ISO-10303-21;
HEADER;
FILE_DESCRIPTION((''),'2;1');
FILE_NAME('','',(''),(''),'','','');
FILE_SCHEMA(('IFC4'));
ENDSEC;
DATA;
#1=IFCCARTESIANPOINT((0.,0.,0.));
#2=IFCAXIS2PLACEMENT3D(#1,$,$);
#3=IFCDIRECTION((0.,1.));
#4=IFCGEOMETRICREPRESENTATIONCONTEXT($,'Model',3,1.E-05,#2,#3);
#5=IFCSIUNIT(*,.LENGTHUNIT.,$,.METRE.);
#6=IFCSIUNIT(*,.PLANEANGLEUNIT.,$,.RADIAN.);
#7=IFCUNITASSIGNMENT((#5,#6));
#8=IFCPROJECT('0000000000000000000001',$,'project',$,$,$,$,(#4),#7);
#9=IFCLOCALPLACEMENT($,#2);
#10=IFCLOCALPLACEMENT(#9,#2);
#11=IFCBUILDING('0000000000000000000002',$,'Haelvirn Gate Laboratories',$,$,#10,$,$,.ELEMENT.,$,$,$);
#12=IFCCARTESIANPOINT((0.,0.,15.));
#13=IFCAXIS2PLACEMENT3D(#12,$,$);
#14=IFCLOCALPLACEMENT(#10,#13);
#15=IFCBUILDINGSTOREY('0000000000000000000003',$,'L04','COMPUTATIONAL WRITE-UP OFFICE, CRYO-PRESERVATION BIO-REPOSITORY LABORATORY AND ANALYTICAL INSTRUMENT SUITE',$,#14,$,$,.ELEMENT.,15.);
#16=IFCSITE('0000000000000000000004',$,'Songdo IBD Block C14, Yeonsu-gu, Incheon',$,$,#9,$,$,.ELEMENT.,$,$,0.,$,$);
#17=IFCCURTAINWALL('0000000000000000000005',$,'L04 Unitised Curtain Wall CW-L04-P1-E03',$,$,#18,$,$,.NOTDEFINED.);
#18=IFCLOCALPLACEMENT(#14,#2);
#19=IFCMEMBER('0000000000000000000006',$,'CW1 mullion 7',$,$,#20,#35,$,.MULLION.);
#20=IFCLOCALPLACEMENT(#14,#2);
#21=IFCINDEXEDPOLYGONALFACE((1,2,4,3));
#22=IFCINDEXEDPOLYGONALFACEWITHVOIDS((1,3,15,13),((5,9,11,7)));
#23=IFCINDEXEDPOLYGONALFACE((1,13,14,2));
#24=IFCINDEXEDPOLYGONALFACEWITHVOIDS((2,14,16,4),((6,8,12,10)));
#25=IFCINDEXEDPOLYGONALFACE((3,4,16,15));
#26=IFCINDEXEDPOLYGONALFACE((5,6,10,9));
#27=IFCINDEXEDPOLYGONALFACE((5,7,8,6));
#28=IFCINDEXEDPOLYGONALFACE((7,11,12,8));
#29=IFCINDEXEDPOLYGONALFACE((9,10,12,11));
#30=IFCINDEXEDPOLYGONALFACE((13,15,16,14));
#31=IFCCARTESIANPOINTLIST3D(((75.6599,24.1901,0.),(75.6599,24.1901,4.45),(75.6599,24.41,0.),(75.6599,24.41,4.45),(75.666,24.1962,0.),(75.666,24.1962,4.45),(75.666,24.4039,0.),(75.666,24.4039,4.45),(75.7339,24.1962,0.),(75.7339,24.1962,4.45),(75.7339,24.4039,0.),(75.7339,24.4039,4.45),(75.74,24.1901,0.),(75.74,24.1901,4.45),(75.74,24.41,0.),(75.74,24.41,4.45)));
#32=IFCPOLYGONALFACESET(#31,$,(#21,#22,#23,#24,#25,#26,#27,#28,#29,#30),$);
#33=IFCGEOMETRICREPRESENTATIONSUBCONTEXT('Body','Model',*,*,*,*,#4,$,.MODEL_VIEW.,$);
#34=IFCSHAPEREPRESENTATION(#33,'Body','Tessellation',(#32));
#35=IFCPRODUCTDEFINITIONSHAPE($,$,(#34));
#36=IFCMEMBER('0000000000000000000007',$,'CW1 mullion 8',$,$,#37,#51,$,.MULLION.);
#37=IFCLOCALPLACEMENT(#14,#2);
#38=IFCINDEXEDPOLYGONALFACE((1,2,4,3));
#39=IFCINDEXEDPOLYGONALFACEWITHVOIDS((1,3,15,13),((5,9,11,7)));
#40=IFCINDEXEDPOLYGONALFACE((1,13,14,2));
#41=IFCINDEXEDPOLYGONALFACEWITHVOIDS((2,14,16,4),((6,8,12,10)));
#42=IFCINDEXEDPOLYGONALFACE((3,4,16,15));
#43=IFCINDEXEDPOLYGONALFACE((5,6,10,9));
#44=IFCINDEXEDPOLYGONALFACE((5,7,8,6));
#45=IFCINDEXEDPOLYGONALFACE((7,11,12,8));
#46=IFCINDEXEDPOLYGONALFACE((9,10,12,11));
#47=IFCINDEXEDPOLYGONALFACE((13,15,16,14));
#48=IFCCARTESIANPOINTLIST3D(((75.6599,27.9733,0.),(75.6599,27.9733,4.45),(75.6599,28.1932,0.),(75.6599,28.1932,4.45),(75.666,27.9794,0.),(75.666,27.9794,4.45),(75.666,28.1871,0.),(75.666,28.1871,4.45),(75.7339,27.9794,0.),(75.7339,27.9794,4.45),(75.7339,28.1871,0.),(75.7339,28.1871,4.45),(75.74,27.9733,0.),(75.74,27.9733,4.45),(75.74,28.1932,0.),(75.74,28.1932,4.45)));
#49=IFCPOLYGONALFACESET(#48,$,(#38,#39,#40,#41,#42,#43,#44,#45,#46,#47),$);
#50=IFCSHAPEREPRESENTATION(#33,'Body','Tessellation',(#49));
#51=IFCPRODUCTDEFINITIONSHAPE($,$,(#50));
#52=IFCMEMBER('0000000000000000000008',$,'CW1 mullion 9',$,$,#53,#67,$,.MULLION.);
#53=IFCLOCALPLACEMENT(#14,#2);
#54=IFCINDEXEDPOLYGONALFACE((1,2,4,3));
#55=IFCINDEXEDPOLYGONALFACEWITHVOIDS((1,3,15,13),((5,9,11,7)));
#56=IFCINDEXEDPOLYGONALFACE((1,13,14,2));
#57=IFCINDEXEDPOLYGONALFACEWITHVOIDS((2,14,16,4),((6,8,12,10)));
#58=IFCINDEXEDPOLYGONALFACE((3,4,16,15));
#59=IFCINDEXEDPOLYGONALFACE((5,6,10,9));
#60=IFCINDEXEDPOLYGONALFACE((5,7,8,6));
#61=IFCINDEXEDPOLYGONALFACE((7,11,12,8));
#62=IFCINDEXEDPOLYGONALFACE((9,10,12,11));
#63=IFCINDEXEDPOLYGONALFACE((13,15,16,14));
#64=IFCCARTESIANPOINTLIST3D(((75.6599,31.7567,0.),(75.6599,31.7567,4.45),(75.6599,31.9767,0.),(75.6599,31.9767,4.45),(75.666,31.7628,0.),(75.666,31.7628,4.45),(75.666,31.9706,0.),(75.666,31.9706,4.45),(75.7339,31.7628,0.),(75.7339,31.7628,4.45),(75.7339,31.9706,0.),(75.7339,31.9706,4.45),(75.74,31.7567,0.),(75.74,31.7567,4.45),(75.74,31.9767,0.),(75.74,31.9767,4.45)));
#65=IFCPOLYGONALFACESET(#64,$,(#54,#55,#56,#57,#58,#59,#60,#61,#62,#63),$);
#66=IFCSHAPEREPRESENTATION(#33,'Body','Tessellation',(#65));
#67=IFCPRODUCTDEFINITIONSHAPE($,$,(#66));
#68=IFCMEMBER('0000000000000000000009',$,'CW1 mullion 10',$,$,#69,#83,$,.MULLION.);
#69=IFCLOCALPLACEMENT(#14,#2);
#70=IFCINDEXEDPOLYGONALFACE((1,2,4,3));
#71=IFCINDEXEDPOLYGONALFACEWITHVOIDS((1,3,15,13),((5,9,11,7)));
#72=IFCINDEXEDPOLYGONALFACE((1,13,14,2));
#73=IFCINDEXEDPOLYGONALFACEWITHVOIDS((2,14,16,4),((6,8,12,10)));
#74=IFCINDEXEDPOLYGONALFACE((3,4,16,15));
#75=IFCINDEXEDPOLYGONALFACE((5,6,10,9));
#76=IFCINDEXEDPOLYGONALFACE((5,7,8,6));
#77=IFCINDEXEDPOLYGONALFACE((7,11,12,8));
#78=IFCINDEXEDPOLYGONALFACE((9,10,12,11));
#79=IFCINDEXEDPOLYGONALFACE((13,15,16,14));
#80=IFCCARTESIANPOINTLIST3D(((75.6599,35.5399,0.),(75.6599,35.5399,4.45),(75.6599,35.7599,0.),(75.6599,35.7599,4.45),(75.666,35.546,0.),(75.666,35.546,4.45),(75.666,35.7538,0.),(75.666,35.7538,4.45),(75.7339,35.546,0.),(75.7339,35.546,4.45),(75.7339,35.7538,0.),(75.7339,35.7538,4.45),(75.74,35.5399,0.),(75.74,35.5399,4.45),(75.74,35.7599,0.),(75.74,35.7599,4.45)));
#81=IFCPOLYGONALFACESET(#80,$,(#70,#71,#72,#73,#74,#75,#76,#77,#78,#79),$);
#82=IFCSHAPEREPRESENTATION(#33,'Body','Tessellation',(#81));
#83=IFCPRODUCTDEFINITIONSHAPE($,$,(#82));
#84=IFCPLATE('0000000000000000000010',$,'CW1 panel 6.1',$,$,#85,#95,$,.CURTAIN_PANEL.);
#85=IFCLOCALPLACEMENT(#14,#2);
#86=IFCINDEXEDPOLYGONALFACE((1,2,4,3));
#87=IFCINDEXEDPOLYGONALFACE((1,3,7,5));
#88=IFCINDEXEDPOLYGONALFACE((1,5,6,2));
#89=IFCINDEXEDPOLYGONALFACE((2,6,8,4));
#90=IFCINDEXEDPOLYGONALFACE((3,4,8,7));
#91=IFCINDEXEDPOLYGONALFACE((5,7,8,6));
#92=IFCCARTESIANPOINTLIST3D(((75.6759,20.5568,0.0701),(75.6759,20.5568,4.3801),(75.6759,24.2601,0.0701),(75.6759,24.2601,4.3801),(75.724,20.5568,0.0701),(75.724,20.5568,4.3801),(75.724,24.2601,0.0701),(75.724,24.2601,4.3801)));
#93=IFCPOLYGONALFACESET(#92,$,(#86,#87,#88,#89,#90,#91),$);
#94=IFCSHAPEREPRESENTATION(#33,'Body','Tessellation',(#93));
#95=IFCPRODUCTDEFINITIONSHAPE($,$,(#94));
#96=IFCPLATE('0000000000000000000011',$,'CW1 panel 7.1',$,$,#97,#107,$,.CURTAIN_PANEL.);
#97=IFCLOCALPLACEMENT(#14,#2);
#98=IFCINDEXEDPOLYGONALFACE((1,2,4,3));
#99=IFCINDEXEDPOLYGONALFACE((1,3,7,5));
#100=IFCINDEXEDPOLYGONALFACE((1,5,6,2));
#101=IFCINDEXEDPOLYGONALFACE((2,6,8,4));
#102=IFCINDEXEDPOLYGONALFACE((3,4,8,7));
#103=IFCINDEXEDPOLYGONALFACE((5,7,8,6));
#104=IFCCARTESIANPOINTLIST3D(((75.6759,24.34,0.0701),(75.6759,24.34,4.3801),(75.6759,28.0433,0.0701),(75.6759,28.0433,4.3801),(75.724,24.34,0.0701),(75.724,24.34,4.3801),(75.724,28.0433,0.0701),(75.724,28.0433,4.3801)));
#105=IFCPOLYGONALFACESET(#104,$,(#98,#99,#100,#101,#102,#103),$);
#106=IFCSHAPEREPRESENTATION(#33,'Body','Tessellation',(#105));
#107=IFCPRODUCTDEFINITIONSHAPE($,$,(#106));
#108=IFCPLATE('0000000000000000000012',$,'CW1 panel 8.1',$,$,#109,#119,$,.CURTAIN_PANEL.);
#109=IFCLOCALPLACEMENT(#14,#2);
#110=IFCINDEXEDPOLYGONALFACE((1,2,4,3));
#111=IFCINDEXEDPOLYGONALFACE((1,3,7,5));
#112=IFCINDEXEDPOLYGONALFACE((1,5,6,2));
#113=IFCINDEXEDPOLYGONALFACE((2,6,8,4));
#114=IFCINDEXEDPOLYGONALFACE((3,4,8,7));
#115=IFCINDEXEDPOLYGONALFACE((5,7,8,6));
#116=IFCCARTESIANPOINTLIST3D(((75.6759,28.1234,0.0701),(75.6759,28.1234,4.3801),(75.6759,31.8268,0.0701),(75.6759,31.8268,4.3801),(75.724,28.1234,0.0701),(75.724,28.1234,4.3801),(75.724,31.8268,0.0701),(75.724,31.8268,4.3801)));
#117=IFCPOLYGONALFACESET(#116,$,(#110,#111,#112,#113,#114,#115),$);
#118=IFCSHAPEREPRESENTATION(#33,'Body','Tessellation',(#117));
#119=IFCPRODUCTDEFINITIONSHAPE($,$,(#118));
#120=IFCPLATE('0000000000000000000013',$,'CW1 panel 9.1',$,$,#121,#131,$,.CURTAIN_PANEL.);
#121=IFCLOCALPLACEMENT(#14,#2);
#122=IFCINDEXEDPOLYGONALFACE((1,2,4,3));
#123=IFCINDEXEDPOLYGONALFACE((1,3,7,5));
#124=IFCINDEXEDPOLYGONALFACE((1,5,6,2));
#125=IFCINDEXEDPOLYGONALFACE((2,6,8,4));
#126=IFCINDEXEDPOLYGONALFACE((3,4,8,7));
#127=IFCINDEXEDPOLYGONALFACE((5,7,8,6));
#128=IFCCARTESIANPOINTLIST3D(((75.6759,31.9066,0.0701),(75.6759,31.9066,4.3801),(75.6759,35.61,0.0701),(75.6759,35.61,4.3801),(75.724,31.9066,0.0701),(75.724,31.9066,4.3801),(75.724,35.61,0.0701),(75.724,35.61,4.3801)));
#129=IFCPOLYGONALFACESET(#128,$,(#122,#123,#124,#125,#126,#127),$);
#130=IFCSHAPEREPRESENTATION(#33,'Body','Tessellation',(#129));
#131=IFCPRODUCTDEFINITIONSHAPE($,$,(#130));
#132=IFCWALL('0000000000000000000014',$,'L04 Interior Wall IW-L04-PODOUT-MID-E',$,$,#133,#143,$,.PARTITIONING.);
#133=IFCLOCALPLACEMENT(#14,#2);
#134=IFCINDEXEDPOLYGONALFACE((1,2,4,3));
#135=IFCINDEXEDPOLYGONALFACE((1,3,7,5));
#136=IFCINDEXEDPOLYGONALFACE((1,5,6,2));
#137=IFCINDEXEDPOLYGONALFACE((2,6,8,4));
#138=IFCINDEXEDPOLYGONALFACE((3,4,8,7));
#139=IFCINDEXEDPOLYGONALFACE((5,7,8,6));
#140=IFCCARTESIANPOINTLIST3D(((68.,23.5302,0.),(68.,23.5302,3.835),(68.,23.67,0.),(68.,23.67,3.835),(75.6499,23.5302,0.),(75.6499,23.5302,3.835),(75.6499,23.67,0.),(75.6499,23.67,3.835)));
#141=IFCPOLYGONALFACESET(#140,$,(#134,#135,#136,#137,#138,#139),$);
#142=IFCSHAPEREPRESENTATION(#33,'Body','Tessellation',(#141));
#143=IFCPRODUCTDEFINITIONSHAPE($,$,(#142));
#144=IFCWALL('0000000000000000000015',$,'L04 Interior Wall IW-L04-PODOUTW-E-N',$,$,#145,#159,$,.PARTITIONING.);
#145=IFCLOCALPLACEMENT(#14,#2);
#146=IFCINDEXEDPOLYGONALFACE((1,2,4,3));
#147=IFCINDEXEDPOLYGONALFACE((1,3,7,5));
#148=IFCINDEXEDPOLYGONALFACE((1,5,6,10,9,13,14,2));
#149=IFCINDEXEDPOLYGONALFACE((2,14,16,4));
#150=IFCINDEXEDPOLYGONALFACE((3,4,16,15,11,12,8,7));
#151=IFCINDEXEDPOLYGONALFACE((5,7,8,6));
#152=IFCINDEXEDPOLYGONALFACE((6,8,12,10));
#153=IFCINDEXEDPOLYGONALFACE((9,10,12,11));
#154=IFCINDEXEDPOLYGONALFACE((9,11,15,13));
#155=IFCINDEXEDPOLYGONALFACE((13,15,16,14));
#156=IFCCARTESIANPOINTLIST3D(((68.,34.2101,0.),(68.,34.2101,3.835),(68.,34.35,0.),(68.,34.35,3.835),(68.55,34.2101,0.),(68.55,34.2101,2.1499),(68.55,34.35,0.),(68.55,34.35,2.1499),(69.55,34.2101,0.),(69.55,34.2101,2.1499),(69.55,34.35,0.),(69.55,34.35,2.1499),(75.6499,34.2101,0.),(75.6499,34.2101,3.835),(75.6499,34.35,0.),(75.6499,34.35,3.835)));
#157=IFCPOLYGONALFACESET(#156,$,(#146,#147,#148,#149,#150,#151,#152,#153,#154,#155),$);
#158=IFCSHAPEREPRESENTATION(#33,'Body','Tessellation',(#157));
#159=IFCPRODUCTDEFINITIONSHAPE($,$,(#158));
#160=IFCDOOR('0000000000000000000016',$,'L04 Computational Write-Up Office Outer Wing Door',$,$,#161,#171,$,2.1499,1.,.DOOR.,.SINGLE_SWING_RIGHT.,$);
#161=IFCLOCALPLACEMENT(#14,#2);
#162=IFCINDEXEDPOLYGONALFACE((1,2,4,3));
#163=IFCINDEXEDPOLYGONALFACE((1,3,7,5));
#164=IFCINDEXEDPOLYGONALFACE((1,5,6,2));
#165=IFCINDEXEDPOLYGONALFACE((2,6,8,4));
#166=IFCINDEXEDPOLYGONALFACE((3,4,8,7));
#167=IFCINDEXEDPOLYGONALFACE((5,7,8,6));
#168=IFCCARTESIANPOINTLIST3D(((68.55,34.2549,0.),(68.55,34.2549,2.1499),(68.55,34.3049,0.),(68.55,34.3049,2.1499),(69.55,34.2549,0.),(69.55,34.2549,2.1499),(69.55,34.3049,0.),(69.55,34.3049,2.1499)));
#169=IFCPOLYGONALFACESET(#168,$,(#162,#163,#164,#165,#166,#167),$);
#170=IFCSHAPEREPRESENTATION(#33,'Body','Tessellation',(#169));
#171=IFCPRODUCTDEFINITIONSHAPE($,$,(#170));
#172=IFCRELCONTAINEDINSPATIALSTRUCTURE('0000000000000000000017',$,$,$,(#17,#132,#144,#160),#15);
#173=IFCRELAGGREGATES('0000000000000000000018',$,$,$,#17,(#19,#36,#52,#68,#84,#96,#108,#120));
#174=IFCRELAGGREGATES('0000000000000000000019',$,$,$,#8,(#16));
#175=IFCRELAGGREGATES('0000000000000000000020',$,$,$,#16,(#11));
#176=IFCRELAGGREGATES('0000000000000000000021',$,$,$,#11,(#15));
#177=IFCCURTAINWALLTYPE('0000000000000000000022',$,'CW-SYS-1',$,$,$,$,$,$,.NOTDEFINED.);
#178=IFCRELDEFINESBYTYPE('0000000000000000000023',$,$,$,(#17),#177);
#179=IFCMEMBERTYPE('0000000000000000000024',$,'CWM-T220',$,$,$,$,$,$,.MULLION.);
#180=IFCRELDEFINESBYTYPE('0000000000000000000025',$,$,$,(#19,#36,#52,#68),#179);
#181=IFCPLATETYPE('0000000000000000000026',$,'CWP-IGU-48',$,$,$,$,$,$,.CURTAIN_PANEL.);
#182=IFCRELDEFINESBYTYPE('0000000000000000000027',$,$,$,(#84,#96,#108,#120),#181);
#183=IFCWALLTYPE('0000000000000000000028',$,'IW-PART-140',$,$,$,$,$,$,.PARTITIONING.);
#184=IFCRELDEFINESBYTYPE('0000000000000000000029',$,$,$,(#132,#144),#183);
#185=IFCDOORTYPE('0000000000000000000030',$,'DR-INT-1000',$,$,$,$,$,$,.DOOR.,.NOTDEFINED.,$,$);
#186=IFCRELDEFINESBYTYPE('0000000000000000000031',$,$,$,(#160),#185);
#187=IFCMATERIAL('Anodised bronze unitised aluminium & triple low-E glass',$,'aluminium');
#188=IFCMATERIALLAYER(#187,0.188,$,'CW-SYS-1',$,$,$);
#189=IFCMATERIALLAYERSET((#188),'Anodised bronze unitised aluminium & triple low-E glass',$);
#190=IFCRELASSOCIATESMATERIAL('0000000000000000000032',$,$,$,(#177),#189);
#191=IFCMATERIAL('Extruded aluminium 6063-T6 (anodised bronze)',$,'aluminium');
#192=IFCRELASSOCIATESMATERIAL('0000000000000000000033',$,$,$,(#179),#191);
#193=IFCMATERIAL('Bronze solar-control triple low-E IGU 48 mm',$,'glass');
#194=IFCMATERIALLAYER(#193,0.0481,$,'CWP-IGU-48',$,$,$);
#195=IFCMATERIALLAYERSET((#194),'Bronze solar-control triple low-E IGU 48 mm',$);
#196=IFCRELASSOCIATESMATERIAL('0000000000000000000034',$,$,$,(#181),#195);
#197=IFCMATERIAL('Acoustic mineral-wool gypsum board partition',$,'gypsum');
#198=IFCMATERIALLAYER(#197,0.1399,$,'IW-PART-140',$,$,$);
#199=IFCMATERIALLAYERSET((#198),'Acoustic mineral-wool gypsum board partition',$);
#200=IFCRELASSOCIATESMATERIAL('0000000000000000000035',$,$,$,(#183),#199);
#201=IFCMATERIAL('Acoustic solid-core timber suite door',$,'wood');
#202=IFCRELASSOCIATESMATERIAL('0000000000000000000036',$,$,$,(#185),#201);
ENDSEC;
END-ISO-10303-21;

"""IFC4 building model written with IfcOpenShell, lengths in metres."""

from ifc_helpers import new_model, si_unit, direction, frame, frame_2d, origin, origin_2d, place, context, subcontext, project, spatial, rectangle, hollow_rectangle, extrude, source, transform, mapped, material, layer, layer_set, material_profile, profile_set, type_object, type_shapes, element, fill, aggregate, save


model = new_model("IFC4")

# Units and contexts
model_context = context("Model", 3, precision=1e-05, world=origin(), true_north=direction((0.0, 1.0)))
body_context = subcontext(model_context, "Body", "Model", "MODEL_VIEW")
ifc_project = project(units=[si_unit("LENGTHUNIT", "METRE"), si_unit("PLANEANGLEUNIT", "RADIAN")], contexts=[model_context])

# Site, building, storey
site_placement = place(None, origin())
site = spatial("IfcSite", under=ifc_project, at=site_placement, Name="Songdo IBD Block C14, Yeonsu-gu, Incheon", CompositionType="ELEMENT", RefElevation=0.0)
building_placement = place(site_placement, origin())
building = spatial("IfcBuilding", under=site, at=building_placement, Name="Haelvirn Gate Laboratories", CompositionType="ELEMENT")
storey_placement = place(building_placement, frame((0.0, 0.0, 15.0)))
storey = spatial("IfcBuildingStorey", under=building, at=storey_placement, Name="L04", Description="COMPUTATIONAL WRITE-UP OFFICE, CRYO-PRESERVATION BIO-REPOSITORY LABORATORY AND ANALYTICAL INSTRUMENT SUITE", CompositionType="ELEMENT", Elevation=15.0)

# Curtain wall, members, plates
ifc_material_1 = material(Name="Anodised bronze unitised aluminium & triple low-E glass", Category="aluminium")
ifc_layer_1 = layer(ifc_material_1, 0.188, Name="CW-SYS-1")
ifc_layer_set_1 = layer_set([ifc_layer_1], Name="Anodised bronze unitised aluminium & triple low-E glass")
curtain_wall_type = type_object("IfcCurtainWallType", Name="CW-SYS-1", PredefinedType="NOTDEFINED", material=ifc_layer_set_1)
curtain_wall_placement = place(storey_placement, origin())
curtain_wall = element("IfcCurtainWall", 1, at=curtain_wall_placement, inside=storey, type_object=curtain_wall_type, Name="L04 Unitised Curtain Wall CW-L04-P1-E03", PredefinedType="NOTDEFINED")
ifc_material_2 = material(Name="Extruded aluminium 6063-T6 (anodised bronze)", Category="aluminium")
ifc_material_profile_1 = material_profile(ifc_material_2, hollow_rectangle(XDim=0.0801, YDim=0.22, WallThickness=0.0061, at=origin_2d()), Name="CWM-220x80x6")
ifc_profile_set_1 = profile_set([ifc_material_profile_1], Name="Extruded aluminium 6063-T6 (anodised bronze)")
member_type_1 = type_object("IfcMemberType", Name="CWM-T220", PredefinedType="MULLION", material=ifc_profile_set_1)
shared_shape_1 = source(origin(), body_context, "Body", "SweptSolid", [
    extrude(hollow_rectangle(XDim=0.0801, YDim=0.22, WallThickness=0.0061, at=origin_2d()), origin(), (0.0, 0.0, 1.0), 4.45),
])
type_shapes(member_type_1, [shared_shape_1])
member_1_placement = place(storey_placement, frame((75.7, 24.3, 0.0), z_axis=(0.0, 0.0, 1.0), x_axis=(-1.0, 0.0, 0.0)))
member_1 = element("IfcMember", 2, at=member_1_placement, type_object=member_type_1, Name="CW1 mullion 7", PredefinedType="MULLION", context=body_context, shape_type="MappedRepresentation", body=[
    mapped(shared_shape_1, transform((0.0, 0.0, 0.0), scale=1.0)),
])
member_2_placement = place(storey_placement, frame((75.7, 28.0833, 0.0), z_axis=(0.0, 0.0, 1.0), x_axis=(-1.0, 0.0, 0.0)))
member_2 = element("IfcMember", 3, at=member_2_placement, type_object=member_type_1, Name="CW1 mullion 8", PredefinedType="MULLION", context=body_context, shape_type="MappedRepresentation", body=[
    mapped(shared_shape_1, transform((0.0, 0.0, 0.0), scale=1.0)),
])
member_3_placement = place(storey_placement, frame((75.7, 31.8667, 0.0), z_axis=(0.0, 0.0, 1.0), x_axis=(-1.0, 0.0, 0.0)))
member_3 = element("IfcMember", 4, at=member_3_placement, type_object=member_type_1, Name="CW1 mullion 9", PredefinedType="MULLION", context=body_context, shape_type="MappedRepresentation", body=[
    mapped(shared_shape_1, transform((0.0, 0.0, 0.0), scale=1.0)),
])
member_4_placement = place(storey_placement, frame((75.7, 35.6499, 0.0), z_axis=(0.0, 0.0, 1.0), x_axis=(-1.0, 0.0, 0.0)))
member_4 = element("IfcMember", 5, at=member_4_placement, type_object=member_type_1, Name="CW1 mullion 10", PredefinedType="MULLION", context=body_context, shape_type="MappedRepresentation", body=[
    mapped(shared_shape_1, transform((0.0, 0.0, 0.0), scale=1.0)),
])
ifc_material_3 = material(Name="Bronze solar-control triple low-E IGU 48 mm", Category="glass")
ifc_layer_2 = layer(ifc_material_3, 0.0481, Name="CWP-IGU-48")
ifc_layer_set_2 = layer_set([ifc_layer_2], Name="Bronze solar-control triple low-E IGU 48 mm")
plate_type = type_object("IfcPlateType", Name="CWP-IGU-48", PredefinedType="CURTAIN_PANEL", material=ifc_layer_set_2)
shared_shape_2 = source(origin(), body_context, "Body", "SweptSolid", [
    extrude(rectangle(XDim=3.7034, YDim=0.0481, at=origin_2d()), origin(), (0.0, 0.0, 1.0), 4.3101),
])
type_shapes(plate_type, [shared_shape_2])
plate_1_placement = place(storey_placement, frame((75.7, 22.4084, 0.0701), z_axis=(0.0, 0.0, 1.0), x_axis=(0.0, 1.0, 0.0)))
plate_1 = element("IfcPlate", 6, at=plate_1_placement, type_object=plate_type, Name="CW1 panel 6.1", PredefinedType="CURTAIN_PANEL", context=body_context, shape_type="MappedRepresentation", body=[
    mapped(shared_shape_2, transform((0.0, 0.0, 0.0), scale=1.0)),
])
plate_2_placement = place(storey_placement, frame((75.7, 26.1917, 0.0701), z_axis=(0.0, 0.0, 1.0), x_axis=(0.0, 1.0, 0.0)))
plate_2 = element("IfcPlate", 7, at=plate_2_placement, type_object=plate_type, Name="CW1 panel 7.1", PredefinedType="CURTAIN_PANEL", context=body_context, shape_type="MappedRepresentation", body=[
    mapped(shared_shape_2, transform((0.0, 0.0, 0.0), scale=1.0)),
])
plate_3_placement = place(storey_placement, frame((75.7, 29.9751, 0.0701), z_axis=(0.0, 0.0, 1.0), x_axis=(0.0, 1.0, 0.0)))
plate_3 = element("IfcPlate", 8, at=plate_3_placement, type_object=plate_type, Name="CW1 panel 8.1", PredefinedType="CURTAIN_PANEL", context=body_context, shape_type="MappedRepresentation", body=[
    mapped(shared_shape_2, transform((0.0, 0.0, 0.0), scale=1.0)),
])
plate_4_placement = place(storey_placement, frame((75.7, 33.7583, 0.0701), z_axis=(0.0, 0.0, 1.0), x_axis=(0.0, 1.0, 0.0)))
plate_4 = element("IfcPlate", 9, at=plate_4_placement, type_object=plate_type, Name="CW1 panel 9.1", PredefinedType="CURTAIN_PANEL", context=body_context, shape_type="MappedRepresentation", body=[
    mapped(shared_shape_2, transform((0.0, 0.0, 0.0), scale=1.0)),
])
aggregate(curtain_wall, [member_1, member_2, member_3, member_4, plate_1, plate_2, plate_3, plate_4])

# Wall
ifc_material_4 = material(Name="Acoustic mineral-wool gypsum board partition", Category="gypsum")
ifc_layer_3 = layer(ifc_material_4, 0.1399, Name="IW-PART-140")
ifc_layer_set_3 = layer_set([ifc_layer_3], Name="Acoustic mineral-wool gypsum board partition")
wall_type = type_object("IfcWallType", Name="IW-PART-140", PredefinedType="PARTITIONING", material=ifc_layer_set_3)
wall_1_placement = place(storey_placement, frame((68.0, 23.6001, 0.0), z_axis=(0.0, 0.0, 1.0), x_axis=(1.0, 0.0, 0.0)))
element("IfcWall", 10, at=wall_1_placement, inside=storey, type_object=wall_type, Name="L04 Interior Wall IW-L04-PODOUT-MID-E", PredefinedType="PARTITIONING", context=body_context, shape_type="SweptSolid", body=[
    extrude(rectangle(XDim=7.6499, YDim=0.1399, at=frame_2d((3.825, 0.0))), origin(), (0.0, 0.0, 1.0), 3.835),
])

# Wall, opening, door
wall_2_placement = place(storey_placement, frame((68.0, 34.28, 0.0), z_axis=(0.0, 0.0, 1.0), x_axis=(1.0, 0.0, 0.0)))
wall_2 = element("IfcWall", 11, at=wall_2_placement, inside=storey, type_object=wall_type, Name="L04 Interior Wall IW-L04-PODOUTW-E-N", PredefinedType="PARTITIONING", context=body_context, shape_type="SweptSolid", body=[
    extrude(rectangle(XDim=7.6499, YDim=0.1399, at=frame_2d((3.825, 0.0))), origin(), (0.0, 0.0, 1.0), 3.835),
])
opening_placement = place(wall_2_placement, frame((0.55, 0.0, 0.0)))
opening = element("IfcOpeningElement", 12, at=opening_placement, cuts=wall_2, PredefinedType="OPENING", context=body_context, shape_type="SweptSolid", body=[
    extrude(rectangle(XDim=1.0, YDim=2.1499, at=frame_2d((0.5, 1.075))), frame((0.0, 0.0801, 0.0), z_axis=(0.0, -1.0, 0.0), x_axis=(1.0, 0.0, 0.0)), (0.0, 0.0, 1.0), 0.1599),
])
ifc_material_5 = material(Name="Acoustic solid-core timber suite door", Category="wood")
door_type = type_object("IfcDoorType", Name="DR-INT-1000", OperationType="NOTDEFINED", PredefinedType="DOOR", material=ifc_material_5)
shared_shape_3 = source(origin(), body_context, "Body", "SweptSolid", [
    extrude(rectangle(XDim=1.0, YDim=2.1499, at=frame_2d((0.5, 1.075))), frame((0.0, 0.0249, 0.0), z_axis=(0.0, -1.0, 0.0), x_axis=(1.0, 0.0, 0.0)), (0.0, 0.0, 1.0), 0.05),
])
type_shapes(door_type, [shared_shape_3])
door_placement = place(opening_placement, origin())
door = element("IfcDoor", 13, at=door_placement, inside=storey, type_object=door_type, Name="L04 Computational Write-Up Office Outer Wing Door", OperationType="SINGLE_SWING_RIGHT", OverallHeight=2.1499, OverallWidth=1.0, PredefinedType="DOOR", context=body_context, shape_type="MappedRepresentation", body=[
    mapped(shared_shape_3, transform((0.0, 0.0, 0.0), scale=1.0)),
])
fill(opening, door)

save(model, "model.ifc")
